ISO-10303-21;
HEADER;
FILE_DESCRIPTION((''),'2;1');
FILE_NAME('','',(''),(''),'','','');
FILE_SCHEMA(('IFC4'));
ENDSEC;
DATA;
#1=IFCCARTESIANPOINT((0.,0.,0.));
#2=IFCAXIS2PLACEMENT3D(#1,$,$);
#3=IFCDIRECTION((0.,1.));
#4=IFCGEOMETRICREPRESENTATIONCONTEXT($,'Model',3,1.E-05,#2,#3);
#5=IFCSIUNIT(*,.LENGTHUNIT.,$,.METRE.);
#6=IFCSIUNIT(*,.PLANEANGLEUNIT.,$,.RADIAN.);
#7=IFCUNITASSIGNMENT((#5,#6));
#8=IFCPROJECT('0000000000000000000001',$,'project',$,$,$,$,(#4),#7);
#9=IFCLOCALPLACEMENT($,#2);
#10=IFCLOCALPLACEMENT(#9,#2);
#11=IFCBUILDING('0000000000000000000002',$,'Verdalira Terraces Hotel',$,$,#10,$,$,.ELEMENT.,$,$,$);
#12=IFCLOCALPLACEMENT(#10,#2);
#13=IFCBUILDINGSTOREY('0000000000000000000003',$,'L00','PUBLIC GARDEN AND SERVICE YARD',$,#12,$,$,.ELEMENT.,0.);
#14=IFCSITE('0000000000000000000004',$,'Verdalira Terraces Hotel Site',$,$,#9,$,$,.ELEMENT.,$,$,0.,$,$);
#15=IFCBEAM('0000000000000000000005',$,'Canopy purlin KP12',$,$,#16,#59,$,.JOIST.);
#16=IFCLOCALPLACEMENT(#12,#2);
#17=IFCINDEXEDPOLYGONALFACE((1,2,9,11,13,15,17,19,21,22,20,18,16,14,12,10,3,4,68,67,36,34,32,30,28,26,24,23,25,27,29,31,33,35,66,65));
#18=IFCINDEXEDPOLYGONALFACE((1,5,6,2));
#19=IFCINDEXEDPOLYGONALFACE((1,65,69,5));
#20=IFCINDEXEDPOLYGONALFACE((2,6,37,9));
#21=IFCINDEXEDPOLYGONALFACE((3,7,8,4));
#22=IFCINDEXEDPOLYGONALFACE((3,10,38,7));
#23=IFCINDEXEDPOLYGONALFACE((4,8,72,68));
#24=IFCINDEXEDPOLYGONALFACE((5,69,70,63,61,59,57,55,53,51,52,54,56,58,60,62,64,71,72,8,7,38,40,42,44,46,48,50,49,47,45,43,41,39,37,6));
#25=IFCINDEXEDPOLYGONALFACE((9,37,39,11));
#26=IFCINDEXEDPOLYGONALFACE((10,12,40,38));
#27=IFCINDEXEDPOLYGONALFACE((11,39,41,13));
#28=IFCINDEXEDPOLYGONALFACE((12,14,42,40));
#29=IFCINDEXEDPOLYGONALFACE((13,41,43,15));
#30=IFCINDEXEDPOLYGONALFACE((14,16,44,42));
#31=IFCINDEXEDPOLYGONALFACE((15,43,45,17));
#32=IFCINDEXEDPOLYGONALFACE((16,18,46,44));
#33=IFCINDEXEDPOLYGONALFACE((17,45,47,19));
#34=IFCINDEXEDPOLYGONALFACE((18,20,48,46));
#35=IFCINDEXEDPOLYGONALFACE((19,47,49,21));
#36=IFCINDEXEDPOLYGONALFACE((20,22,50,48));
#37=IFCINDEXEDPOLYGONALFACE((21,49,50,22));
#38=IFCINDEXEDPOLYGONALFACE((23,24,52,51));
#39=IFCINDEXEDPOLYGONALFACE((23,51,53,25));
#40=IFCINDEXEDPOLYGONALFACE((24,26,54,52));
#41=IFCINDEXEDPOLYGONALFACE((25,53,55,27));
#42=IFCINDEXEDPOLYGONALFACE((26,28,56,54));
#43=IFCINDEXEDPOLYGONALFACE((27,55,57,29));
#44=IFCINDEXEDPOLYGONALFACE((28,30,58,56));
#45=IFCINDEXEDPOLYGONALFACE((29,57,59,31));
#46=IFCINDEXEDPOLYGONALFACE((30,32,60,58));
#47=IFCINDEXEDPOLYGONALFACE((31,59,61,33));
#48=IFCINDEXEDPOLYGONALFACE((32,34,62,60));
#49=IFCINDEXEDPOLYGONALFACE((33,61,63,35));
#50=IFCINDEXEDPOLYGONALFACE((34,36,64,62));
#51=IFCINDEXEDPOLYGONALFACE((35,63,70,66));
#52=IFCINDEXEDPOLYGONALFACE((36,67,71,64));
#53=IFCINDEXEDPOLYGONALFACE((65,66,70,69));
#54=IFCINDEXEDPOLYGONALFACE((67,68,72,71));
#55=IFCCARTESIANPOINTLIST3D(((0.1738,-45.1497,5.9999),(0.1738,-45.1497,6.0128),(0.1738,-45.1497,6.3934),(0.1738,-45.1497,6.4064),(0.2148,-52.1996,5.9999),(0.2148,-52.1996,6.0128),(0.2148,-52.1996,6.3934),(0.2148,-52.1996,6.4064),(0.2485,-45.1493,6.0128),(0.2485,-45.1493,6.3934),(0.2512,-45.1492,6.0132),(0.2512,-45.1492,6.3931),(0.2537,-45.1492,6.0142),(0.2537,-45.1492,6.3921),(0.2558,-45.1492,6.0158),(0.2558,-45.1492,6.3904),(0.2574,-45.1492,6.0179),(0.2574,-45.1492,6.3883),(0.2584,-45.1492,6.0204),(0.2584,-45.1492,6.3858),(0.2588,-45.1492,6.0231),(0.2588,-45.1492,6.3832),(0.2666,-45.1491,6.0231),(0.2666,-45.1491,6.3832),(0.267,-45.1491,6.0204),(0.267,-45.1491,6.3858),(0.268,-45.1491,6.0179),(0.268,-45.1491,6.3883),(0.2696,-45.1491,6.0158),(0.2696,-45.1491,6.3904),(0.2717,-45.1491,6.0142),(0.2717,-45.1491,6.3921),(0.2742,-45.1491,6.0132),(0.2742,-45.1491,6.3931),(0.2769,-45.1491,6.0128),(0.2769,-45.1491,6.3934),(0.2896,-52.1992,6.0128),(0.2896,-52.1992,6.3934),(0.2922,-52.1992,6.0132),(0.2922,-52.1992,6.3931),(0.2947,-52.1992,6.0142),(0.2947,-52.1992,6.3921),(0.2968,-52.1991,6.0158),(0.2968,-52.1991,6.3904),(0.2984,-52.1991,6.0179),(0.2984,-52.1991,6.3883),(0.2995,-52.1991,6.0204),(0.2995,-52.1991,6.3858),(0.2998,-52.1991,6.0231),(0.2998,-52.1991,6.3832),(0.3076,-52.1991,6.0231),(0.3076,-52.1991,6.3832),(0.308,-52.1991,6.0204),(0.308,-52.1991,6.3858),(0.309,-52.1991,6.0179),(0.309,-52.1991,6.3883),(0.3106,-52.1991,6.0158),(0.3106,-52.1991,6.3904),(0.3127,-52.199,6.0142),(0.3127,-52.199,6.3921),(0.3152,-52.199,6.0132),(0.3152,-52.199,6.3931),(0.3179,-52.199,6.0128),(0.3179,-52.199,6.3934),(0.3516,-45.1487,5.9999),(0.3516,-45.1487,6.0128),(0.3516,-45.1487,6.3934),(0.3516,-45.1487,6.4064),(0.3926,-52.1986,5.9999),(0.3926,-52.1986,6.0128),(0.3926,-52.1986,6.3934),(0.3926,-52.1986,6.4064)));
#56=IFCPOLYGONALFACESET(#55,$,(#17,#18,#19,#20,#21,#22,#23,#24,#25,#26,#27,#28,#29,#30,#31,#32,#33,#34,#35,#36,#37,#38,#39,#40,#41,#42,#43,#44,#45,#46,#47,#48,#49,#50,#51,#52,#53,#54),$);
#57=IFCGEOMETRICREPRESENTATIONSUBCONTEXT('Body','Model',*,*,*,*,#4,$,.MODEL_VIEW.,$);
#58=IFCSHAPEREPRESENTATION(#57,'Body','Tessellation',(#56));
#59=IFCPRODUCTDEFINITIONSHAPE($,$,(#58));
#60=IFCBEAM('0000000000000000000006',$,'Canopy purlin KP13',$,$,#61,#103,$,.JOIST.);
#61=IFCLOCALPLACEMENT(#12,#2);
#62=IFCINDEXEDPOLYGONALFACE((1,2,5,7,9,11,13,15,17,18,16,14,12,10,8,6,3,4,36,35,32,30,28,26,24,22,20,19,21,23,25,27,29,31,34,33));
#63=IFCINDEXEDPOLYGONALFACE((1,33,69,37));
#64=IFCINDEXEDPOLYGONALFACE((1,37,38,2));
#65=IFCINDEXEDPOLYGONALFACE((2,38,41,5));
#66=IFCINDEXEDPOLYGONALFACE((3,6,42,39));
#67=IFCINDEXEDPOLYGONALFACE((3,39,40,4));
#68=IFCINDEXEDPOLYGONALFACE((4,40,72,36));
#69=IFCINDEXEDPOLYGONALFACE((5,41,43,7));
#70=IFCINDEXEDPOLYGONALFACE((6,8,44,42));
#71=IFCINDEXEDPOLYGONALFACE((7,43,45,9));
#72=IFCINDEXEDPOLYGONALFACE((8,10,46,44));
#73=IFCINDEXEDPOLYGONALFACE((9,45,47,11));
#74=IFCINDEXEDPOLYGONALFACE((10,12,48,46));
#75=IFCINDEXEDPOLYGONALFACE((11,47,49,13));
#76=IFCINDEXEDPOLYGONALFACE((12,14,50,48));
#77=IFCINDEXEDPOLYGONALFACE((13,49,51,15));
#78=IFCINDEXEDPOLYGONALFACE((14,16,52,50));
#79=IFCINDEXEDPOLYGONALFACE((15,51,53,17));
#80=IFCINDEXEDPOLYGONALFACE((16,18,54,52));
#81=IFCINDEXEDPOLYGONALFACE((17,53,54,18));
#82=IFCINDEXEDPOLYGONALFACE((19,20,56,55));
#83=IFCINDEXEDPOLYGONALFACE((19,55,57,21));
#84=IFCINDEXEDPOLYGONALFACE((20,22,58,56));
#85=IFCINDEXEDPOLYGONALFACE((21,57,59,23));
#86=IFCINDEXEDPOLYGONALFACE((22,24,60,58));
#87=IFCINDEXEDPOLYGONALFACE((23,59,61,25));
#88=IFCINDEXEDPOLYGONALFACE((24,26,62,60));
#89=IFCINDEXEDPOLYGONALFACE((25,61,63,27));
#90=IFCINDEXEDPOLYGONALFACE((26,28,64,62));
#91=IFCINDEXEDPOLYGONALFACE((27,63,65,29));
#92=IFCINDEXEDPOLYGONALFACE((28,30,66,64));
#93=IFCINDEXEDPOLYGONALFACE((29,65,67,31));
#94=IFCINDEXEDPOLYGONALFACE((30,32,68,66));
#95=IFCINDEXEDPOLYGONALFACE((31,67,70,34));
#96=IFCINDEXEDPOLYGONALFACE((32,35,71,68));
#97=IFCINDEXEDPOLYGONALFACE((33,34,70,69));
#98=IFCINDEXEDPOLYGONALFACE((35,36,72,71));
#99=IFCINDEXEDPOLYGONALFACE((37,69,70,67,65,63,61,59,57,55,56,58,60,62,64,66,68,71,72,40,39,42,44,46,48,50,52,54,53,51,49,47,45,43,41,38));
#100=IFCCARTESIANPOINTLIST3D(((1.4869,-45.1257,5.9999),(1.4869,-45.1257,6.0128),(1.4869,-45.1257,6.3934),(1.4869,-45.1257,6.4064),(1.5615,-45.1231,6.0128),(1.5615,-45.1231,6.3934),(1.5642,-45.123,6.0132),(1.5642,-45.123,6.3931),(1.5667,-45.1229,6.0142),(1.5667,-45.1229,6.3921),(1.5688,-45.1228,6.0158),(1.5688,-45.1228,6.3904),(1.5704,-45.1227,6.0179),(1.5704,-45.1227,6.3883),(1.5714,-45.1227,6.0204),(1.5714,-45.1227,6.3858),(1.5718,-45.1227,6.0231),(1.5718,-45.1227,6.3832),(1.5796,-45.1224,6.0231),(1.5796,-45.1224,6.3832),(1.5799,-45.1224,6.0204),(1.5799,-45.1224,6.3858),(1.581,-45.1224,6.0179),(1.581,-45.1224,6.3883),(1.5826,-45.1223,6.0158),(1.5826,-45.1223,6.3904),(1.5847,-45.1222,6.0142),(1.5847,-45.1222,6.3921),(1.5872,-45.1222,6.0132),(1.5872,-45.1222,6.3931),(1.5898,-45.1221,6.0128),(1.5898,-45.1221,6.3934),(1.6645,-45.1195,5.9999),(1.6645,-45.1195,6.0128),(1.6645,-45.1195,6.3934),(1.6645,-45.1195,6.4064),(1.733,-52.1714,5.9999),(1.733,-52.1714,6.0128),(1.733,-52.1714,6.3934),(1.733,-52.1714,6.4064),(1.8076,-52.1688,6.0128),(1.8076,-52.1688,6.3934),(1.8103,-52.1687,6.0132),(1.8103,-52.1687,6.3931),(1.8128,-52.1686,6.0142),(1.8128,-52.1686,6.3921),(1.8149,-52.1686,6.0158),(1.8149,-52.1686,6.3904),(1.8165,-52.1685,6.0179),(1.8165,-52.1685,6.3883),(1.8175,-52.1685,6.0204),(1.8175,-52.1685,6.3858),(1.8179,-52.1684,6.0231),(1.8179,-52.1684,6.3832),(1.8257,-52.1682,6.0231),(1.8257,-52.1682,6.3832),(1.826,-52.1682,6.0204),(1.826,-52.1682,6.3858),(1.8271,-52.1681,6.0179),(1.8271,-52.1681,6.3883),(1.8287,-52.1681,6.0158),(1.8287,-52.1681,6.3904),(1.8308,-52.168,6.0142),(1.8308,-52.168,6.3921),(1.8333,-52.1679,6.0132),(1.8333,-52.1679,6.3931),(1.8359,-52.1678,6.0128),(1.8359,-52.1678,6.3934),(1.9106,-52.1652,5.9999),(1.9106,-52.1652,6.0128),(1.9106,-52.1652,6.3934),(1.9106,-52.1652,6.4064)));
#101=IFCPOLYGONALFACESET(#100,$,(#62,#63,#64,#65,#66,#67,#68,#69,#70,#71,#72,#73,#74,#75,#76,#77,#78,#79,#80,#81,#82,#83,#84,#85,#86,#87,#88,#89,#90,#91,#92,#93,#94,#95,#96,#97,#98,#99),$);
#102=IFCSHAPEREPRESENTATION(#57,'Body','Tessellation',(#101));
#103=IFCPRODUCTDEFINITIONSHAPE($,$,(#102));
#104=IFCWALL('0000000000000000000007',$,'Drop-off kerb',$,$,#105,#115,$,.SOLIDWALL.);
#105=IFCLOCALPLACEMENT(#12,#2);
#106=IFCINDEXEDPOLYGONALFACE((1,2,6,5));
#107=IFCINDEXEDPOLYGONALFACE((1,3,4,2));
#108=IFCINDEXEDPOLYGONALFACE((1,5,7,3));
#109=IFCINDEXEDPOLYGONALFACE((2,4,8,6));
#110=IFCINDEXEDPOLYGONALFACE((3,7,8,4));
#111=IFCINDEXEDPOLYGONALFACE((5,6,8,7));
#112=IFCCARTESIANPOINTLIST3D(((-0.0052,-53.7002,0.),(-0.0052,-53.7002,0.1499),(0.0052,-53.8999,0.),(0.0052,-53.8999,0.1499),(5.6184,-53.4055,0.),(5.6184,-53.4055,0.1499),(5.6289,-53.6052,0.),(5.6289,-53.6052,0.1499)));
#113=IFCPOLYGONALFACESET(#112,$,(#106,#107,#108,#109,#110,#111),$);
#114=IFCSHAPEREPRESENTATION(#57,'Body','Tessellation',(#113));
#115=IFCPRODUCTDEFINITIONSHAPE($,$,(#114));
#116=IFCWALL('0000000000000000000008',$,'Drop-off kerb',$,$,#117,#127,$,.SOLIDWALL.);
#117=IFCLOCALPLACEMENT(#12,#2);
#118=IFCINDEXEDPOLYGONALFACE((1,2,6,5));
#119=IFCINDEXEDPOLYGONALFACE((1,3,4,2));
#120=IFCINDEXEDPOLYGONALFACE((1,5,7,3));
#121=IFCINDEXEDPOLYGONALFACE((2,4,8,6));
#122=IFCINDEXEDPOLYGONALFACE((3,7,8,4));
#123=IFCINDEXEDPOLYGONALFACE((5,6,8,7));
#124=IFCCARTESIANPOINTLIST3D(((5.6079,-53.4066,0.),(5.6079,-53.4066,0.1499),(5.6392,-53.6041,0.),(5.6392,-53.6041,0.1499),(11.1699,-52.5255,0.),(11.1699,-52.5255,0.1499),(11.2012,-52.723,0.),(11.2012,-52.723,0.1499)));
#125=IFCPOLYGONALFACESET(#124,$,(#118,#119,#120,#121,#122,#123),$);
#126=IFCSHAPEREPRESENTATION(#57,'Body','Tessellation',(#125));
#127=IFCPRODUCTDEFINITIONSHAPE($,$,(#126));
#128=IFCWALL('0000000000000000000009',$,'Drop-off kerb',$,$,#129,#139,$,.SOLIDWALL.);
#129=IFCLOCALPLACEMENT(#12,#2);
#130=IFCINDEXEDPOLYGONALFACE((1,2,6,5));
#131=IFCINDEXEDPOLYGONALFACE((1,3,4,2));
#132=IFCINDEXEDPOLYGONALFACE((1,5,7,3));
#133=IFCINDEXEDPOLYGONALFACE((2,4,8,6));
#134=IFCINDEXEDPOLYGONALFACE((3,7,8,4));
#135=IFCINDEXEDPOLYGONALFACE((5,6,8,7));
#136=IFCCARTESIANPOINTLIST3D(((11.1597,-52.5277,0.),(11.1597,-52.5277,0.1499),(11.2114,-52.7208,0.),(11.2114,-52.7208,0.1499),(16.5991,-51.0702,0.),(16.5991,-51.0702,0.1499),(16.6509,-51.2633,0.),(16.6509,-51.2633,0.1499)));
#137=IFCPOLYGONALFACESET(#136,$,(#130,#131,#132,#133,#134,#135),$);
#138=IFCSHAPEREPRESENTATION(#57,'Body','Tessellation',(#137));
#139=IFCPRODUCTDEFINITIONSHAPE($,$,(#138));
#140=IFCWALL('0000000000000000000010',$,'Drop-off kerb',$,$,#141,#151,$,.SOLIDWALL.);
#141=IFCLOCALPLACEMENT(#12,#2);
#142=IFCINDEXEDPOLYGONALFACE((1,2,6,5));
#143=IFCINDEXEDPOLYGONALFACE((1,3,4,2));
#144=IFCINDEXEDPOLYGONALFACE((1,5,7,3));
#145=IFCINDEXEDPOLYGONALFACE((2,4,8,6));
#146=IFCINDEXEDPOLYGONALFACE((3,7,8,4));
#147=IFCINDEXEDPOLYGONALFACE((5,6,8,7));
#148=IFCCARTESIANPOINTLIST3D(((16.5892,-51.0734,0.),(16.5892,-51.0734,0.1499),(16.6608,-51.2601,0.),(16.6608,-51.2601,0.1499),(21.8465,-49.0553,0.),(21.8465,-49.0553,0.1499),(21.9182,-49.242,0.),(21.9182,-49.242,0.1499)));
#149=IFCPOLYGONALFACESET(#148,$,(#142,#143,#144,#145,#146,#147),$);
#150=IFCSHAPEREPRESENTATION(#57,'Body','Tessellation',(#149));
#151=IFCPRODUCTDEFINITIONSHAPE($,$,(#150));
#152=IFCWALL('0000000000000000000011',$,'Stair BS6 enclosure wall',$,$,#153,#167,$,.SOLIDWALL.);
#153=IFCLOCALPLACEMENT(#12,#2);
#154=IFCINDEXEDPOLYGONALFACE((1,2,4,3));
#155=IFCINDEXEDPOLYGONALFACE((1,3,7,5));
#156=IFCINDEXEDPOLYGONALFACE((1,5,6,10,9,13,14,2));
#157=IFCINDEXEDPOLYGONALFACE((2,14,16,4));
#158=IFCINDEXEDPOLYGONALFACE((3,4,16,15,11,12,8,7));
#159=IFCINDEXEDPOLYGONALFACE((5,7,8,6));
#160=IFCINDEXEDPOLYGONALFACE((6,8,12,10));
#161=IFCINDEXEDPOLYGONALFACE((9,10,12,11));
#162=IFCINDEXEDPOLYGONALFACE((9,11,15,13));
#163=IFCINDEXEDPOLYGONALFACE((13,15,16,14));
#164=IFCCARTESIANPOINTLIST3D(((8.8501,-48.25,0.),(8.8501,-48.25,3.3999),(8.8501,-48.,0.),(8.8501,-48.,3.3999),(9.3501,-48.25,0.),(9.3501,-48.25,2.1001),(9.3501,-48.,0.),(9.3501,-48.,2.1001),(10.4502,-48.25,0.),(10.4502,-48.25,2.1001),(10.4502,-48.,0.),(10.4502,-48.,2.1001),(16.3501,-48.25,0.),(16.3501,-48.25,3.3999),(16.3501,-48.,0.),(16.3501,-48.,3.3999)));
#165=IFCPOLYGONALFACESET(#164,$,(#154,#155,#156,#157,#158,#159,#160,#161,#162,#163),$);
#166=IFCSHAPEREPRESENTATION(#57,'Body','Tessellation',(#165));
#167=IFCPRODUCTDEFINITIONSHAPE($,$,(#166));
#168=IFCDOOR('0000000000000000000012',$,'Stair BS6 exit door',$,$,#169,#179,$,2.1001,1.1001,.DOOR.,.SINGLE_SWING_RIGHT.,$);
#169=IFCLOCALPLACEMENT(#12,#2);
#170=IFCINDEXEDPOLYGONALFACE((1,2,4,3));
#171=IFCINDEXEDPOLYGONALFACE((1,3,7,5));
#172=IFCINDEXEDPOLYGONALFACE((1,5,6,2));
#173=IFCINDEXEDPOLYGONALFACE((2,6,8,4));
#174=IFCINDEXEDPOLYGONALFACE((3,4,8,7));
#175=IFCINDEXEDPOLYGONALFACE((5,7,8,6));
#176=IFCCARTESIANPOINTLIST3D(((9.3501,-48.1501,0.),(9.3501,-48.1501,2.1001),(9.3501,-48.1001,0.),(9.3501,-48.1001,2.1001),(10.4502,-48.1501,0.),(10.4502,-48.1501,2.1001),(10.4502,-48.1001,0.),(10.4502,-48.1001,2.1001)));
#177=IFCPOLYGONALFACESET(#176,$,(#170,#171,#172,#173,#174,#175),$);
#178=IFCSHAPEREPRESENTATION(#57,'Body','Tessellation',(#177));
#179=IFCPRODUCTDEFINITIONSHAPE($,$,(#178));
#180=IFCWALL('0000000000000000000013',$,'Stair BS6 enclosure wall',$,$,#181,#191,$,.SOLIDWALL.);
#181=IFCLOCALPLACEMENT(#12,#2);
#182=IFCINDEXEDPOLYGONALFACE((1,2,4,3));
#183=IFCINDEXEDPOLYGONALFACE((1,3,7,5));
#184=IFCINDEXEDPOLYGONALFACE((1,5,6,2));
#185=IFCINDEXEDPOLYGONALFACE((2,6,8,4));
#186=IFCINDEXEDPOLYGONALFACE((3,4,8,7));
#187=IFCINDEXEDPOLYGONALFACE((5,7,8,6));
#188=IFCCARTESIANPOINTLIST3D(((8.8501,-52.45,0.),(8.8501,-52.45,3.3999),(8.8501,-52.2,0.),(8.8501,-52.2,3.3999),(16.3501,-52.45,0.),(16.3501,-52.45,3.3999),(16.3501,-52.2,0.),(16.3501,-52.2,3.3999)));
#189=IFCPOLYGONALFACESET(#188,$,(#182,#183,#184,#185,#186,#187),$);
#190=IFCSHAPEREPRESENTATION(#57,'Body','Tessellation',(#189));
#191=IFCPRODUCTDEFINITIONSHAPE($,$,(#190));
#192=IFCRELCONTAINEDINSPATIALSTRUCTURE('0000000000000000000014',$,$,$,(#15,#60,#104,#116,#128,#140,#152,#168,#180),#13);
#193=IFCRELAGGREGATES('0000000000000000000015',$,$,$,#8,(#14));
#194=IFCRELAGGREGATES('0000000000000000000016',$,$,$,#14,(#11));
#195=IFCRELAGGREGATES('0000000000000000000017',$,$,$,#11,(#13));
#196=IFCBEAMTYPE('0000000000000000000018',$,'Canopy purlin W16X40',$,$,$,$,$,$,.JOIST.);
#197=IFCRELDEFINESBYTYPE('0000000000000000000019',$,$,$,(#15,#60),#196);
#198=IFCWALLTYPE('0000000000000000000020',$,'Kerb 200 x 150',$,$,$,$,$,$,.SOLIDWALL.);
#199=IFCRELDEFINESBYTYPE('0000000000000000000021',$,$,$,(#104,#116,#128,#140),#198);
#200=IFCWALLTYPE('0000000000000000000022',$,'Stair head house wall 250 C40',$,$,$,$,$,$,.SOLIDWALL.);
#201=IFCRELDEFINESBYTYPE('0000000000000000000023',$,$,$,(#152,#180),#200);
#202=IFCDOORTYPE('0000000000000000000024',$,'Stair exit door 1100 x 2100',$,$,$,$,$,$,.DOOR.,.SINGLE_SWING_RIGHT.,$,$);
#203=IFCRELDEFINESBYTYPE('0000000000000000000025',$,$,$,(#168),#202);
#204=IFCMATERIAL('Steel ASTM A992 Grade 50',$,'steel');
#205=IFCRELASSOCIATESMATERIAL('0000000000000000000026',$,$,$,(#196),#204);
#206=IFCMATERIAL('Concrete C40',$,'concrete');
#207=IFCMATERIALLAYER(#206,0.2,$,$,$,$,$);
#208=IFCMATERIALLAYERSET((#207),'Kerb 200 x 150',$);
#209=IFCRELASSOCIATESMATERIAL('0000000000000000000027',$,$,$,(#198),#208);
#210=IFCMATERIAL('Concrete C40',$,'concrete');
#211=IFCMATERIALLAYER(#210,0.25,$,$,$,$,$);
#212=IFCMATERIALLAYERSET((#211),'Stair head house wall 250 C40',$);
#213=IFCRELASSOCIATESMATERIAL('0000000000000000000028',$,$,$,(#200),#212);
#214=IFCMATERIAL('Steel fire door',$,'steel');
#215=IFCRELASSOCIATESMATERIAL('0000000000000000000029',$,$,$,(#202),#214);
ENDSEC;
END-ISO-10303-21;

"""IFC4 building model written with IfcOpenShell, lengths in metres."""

from ifc_helpers import new_model, si_unit, direction, frame, frame_2d, origin, origin_2d, place, context, subcontext, project, spatial, rectangle, i_section, extrude, material, layer, layer_set, material_profile, profile_set, type_object, element, fill, save


model = new_model("IFC4")

# Units and contexts
model_context = context("Model", 3, precision=1e-05, world=origin(), true_north=direction((0.0, 1.0)))
body_context = subcontext(model_context, "Body", "Model", "MODEL_VIEW")
ifc_project = project(units=[si_unit("LENGTHUNIT", "METRE"), si_unit("PLANEANGLEUNIT", "RADIAN")], contexts=[model_context])

# Site, building, storey
site_placement = place(None, origin())
site = spatial("IfcSite", under=ifc_project, at=site_placement, Name="Verdalira Terraces Hotel Site", CompositionType="ELEMENT", RefElevation=0.0)
building_placement = place(site_placement, origin())
building = spatial("IfcBuilding", under=site, at=building_placement, Name="Verdalira Terraces Hotel", CompositionType="ELEMENT")
storey_placement = place(building_placement, origin())
storey = spatial("IfcBuildingStorey", under=building, at=storey_placement, Name="L00", Description="PUBLIC GARDEN AND SERVICE YARD", CompositionType="ELEMENT", Elevation=0.0)

# Beams
ifc_material_1 = material(Name="Steel ASTM A992 Grade 50", Category="steel")
ifc_material_profile_1 = material_profile(ifc_material_1, i_section(OverallWidth=0.1777, OverallDepth=0.4065, WebThickness=0.0078, FlangeThickness=0.0129, FilletRadius=0.0103, at=origin_2d()), Name="W16X40")
ifc_profile_set_1 = profile_set([ifc_material_profile_1], Name="Steel ASTM A992 Grade 50")
beam_type = type_object("IfcBeamType", Name="Canopy purlin W16X40", PredefinedType="JOIST", material=ifc_profile_set_1)
for number, where, z_axis, x_axis, name in (
    (1, (0.2627, -45.1492, 6.2031), (0.005818, -0.999983, 0.0), (0.999983, 0.005818, 0.0), "Canopy purlin KP12"),
    (2, (1.5757, -45.1226, 6.2031), (0.034907, -0.999391, 0.0), (0.999391, 0.034907, 0.0), "Canopy purlin KP13"),
):
    element("IfcBeam", number, at=place(storey_placement, frame(where, z_axis=z_axis, x_axis=x_axis)), inside=storey, type_object=beam_type, Name=name, PredefinedType="JOIST", context=body_context, shape_type="SweptSolid", body=[
        extrude(i_section(OverallWidth=0.1777, OverallDepth=0.4065, WebThickness=0.0078, FlangeThickness=0.0129, FilletRadius=0.0103, at=origin_2d()), origin(), (0.0, 0.0, 1.0), 7.05),
    ])

# Walls
ifc_material_2 = material(Name="Concrete C40", Category="concrete")
ifc_layer_1 = layer(ifc_material_2, 0.2)
ifc_layer_set_1 = layer_set([ifc_layer_1], Name="Kerb 200 x 150")
wall_type_1 = type_object("IfcWallType", Name="Kerb 200 x 150", PredefinedType="SOLIDWALL", material=ifc_layer_set_1)
for number, where, z_axis, x_axis, name in (
    (3, (0.0, -53.8, 0.0), (0.0, 0.0, 1.0), (0.99863, 0.052329, 0.0), "Drop-off kerb"),
    (4, (5.6235, -53.5054, 0.0), (0.0, 0.0, 1.0), (0.987684, 0.156463, 0.0), "Drop-off kerb"),
    (5, (11.1855, -52.6243, 0.0), (0.0, 0.0, 1.0), (0.965925, 0.258823, 0.0), "Drop-off kerb"),
    (6, (16.625, -51.1667, 0.0), (0.0, 0.0, 1.0), (0.933582, 0.358363, 0.0), "Drop-off kerb"),
):
    element("IfcWall", number, at=place(storey_placement, frame(where, z_axis=z_axis, x_axis=x_axis)), inside=storey, type_object=wall_type_1, Name=name, PredefinedType="SOLIDWALL", context=body_context, shape_type="SweptSolid", body=[
        extrude(rectangle(XDim=5.6313, YDim=0.2, at=frame_2d((2.8157, 0.0))), origin(), (0.0, 0.0, 1.0), 0.1499),
    ])

# Wall, opening, door
ifc_material_3 = material(Name="Concrete C40", Category="concrete")
ifc_layer_2 = layer(ifc_material_3, 0.25)
ifc_layer_set_2 = layer_set([ifc_layer_2], Name="Stair head house wall 250 C40")
wall_type_2 = type_object("IfcWallType", Name="Stair head house wall 250 C40", PredefinedType="SOLIDWALL", material=ifc_layer_set_2)
wall_1_placement = place(storey_placement, frame((8.8501, -48.125, 0.0), z_axis=(0.0, 0.0, 1.0), x_axis=(1.0, 0.0, 0.0)))
wall_1 = element("IfcWall", 7, at=wall_1_placement, inside=storey, type_object=wall_type_2, Name="Stair BS6 enclosure wall", PredefinedType="SOLIDWALL", context=body_context, shape_type="SweptSolid", body=[
    extrude(rectangle(XDim=7.5, YDim=0.25, at=frame_2d((3.75, 0.0))), origin(), (0.0, 0.0, 1.0), 3.3999),
])
opening_1_placement = place(wall_1_placement, frame((0.5, 0.0, 0.0)))
opening_1 = element("IfcOpeningElement", 8, at=opening_1_placement, cuts=wall_1, PredefinedType="OPENING", context=body_context, shape_type="SweptSolid", body=[
    extrude(rectangle(XDim=1.1001, YDim=2.1001, at=frame_2d((0.55, 1.05))), frame((0.0, 0.135, 0.0), z_axis=(0.0, -1.0, 0.0), x_axis=(1.0, 0.0, 0.0)), (0.0, 0.0, 1.0), 0.27),
])
ifc_material_4 = material(Name="Steel fire door", Category="steel")
door_type_1 = type_object("IfcDoorType", Name="Stair exit door 1100 x 2100", OperationType="SINGLE_SWING_RIGHT", PredefinedType="DOOR", material=ifc_material_4)
door_1_placement = place(opening_1_placement, origin())
door_1 = element("IfcDoor", 9, at=door_1_placement, inside=storey, type_object=door_type_1, Name="Stair BS6 exit door", OperationType="SINGLE_SWING_RIGHT", OverallHeight=2.1001, OverallWidth=1.1001, PredefinedType="DOOR", context=body_context, shape_type="SweptSolid", body=[
    extrude(rectangle(XDim=1.1001, YDim=2.1001, at=frame_2d((0.55, 1.05))), frame((0.0, 0.0249, 0.0), z_axis=(0.0, -1.0, 0.0), x_axis=(1.0, 0.0, 0.0)), (0.0, 0.0, 1.0), 0.05),
])
fill(opening_1, door_1)

# Wall
wall_2_placement = place(storey_placement, frame((8.8501, -52.325, 0.0), z_axis=(0.0, 0.0, 1.0), x_axis=(1.0, 0.0, 0.0)))
element("IfcWall", 10, at=wall_2_placement, inside=storey, type_object=wall_type_2, Name="Stair BS6 enclosure wall", PredefinedType="SOLIDWALL", context=body_context, shape_type="SweptSolid", body=[
    extrude(rectangle(XDim=7.5, YDim=0.25, at=frame_2d((3.75, 0.0))), origin(), (0.0, 0.0, 1.0), 3.3999),
])

save(model, "model.ifc")
